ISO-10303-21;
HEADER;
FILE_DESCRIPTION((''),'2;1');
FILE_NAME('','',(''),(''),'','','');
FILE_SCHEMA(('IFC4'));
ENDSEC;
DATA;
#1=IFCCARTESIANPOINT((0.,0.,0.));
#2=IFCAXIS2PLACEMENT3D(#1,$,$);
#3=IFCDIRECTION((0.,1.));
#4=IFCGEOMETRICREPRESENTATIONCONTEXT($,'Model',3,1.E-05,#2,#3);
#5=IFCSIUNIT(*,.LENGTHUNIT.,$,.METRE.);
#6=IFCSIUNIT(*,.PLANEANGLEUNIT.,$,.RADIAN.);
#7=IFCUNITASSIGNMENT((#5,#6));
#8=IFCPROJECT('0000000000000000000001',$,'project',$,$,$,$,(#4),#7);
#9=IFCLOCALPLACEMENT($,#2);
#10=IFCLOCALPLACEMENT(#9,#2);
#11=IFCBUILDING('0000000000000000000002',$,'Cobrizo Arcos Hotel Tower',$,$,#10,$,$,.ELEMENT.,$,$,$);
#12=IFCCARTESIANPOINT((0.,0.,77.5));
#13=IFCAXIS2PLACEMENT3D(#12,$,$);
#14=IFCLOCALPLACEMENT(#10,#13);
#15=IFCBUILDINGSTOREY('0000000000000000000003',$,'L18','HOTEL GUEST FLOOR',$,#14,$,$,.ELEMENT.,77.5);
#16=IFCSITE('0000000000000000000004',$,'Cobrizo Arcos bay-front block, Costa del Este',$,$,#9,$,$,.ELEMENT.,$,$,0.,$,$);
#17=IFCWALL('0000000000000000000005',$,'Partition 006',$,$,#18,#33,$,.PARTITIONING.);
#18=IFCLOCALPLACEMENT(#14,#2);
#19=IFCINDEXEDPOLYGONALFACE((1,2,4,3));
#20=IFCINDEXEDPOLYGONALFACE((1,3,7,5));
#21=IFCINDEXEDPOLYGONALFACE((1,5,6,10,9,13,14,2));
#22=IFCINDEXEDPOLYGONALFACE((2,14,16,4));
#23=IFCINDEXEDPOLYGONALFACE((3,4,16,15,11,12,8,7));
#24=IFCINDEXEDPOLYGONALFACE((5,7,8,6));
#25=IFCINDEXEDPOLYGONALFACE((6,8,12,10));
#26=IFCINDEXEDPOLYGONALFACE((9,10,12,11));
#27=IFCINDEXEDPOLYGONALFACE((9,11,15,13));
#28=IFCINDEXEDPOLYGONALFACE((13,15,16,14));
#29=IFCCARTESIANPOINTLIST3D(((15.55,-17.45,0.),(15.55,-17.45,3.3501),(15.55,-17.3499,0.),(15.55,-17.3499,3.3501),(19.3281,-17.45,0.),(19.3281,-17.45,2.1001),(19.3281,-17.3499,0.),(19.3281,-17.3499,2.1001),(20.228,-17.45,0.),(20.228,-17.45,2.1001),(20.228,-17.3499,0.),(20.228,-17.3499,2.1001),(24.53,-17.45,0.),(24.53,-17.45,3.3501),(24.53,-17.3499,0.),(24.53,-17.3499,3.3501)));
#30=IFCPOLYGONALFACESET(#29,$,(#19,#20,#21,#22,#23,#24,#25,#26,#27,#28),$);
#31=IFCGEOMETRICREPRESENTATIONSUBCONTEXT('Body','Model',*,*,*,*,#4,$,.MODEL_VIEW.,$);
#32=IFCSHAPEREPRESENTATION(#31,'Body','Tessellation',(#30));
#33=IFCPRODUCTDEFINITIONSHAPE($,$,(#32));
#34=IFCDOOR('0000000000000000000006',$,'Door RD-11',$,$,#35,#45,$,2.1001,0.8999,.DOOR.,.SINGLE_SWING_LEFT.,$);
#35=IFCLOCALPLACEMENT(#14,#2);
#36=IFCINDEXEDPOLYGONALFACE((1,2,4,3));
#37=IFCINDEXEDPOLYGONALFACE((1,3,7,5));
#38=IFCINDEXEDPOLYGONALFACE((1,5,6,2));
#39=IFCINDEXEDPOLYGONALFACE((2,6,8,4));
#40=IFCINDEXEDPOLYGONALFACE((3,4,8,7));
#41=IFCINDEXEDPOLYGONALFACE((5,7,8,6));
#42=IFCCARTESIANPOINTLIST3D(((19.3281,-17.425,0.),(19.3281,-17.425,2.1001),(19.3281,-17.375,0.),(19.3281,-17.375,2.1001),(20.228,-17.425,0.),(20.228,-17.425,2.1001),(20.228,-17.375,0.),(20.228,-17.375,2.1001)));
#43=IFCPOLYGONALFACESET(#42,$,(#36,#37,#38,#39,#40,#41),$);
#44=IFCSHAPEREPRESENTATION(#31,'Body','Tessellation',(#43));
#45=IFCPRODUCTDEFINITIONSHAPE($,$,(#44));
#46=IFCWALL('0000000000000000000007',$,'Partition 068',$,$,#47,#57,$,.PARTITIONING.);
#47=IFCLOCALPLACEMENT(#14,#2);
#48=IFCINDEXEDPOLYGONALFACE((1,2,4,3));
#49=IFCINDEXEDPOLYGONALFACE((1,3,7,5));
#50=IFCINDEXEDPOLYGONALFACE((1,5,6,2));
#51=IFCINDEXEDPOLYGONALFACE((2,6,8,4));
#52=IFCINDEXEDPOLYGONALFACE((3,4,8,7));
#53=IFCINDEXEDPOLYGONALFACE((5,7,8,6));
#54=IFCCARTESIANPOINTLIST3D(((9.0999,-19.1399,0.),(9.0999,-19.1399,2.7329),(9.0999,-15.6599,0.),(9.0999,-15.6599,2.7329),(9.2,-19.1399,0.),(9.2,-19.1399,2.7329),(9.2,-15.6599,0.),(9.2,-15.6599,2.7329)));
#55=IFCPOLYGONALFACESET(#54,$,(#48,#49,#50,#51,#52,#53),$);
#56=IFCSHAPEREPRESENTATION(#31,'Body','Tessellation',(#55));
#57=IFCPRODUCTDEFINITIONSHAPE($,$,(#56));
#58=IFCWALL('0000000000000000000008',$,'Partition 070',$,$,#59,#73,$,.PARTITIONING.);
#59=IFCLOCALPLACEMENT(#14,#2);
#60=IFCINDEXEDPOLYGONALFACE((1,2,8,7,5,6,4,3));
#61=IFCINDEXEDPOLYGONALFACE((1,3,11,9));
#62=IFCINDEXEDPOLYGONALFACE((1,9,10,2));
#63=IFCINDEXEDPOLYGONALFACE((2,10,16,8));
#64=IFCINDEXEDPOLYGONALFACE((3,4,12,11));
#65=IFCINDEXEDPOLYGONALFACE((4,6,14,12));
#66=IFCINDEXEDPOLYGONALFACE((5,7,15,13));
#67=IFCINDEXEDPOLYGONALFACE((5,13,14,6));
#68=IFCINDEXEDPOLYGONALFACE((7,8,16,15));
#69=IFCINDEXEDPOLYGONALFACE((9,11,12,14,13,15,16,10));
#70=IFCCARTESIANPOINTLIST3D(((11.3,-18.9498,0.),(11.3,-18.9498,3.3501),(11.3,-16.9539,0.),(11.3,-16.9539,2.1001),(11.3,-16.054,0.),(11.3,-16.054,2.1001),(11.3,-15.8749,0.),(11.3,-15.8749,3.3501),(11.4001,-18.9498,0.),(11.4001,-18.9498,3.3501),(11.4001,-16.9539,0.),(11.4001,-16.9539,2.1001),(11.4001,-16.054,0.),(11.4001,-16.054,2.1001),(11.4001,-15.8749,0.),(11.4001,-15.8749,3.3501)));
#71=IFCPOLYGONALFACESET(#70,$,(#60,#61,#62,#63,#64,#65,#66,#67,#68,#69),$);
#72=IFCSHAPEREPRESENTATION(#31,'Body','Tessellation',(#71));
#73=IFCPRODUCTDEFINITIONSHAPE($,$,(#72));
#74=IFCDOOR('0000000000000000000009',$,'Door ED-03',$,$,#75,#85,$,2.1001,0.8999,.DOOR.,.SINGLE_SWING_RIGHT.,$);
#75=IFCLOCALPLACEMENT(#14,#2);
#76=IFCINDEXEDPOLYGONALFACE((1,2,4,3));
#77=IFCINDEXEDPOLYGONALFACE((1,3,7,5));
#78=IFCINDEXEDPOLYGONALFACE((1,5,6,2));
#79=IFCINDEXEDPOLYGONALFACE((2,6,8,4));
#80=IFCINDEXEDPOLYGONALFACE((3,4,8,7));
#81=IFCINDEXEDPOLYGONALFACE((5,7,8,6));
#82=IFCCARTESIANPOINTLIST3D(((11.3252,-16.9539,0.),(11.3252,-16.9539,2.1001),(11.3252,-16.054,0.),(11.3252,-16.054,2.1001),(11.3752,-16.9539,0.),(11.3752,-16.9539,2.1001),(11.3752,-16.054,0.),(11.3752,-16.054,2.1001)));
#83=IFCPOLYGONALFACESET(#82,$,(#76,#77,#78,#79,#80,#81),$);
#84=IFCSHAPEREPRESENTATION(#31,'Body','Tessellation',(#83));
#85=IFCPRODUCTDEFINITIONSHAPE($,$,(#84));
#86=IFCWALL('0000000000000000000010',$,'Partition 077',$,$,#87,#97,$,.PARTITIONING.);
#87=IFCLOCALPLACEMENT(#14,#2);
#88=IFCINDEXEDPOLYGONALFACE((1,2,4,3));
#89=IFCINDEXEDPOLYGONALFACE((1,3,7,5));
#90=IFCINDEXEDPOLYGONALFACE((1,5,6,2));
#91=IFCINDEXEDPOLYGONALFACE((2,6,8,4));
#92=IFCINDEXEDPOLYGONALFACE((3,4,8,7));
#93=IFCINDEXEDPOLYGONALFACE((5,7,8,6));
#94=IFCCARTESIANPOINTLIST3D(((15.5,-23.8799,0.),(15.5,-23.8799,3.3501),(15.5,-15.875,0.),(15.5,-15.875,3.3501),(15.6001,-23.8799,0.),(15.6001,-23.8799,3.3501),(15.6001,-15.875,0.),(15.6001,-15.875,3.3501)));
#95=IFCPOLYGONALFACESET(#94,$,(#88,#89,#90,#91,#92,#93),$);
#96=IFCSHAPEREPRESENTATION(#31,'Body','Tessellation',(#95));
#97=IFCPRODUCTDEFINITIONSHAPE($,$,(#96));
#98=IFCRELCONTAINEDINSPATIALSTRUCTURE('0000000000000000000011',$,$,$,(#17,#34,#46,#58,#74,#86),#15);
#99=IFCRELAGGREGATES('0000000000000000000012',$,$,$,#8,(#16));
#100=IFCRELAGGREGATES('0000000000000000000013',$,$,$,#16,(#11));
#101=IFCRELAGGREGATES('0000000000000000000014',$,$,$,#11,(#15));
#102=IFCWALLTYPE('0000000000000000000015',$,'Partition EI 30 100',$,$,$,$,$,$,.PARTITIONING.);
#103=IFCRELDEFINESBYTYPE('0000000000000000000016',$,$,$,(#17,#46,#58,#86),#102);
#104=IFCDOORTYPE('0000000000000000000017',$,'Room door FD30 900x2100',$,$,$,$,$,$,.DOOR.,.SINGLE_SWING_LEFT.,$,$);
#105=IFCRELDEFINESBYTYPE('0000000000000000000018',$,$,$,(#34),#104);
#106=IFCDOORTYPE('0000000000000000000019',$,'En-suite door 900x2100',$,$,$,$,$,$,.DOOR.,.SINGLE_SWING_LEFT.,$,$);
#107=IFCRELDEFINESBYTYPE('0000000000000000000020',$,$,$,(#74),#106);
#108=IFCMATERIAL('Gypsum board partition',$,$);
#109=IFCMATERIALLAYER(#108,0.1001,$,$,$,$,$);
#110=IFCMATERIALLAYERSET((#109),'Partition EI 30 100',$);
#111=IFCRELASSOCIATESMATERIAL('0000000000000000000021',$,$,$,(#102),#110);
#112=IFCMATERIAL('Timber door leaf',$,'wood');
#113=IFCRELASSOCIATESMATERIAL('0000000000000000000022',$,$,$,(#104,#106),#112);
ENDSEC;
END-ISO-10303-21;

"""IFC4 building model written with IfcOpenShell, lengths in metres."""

from ifc_helpers import new_model, si_unit, direction, frame, frame_2d, origin, place, context, subcontext, project, spatial, rectangle, extrude, material, layer, layer_set, type_object, element, fill, save


model = new_model("IFC4")

# Units and contexts
model_context = context("Model", 3, precision=1e-05, world=origin(), true_north=direction((0.0, 1.0)))
body_context = subcontext(model_context, "Body", "Model", "MODEL_VIEW")
ifc_project = project(units=[si_unit("LENGTHUNIT", "METRE"), si_unit("PLANEANGLEUNIT", "RADIAN")], contexts=[model_context])

# Site, building, storey
site_placement = place(None, origin())
site = spatial("IfcSite", under=ifc_project, at=site_placement, Name="Cobrizo Arcos bay-front block, Costa del Este", CompositionType="ELEMENT", RefElevation=0.0)
building_placement = place(site_placement, origin())
building = spatial("IfcBuilding", under=site, at=building_placement, Name="Cobrizo Arcos Hotel Tower", CompositionType="ELEMENT")
storey_placement = place(building_placement, frame((0.0, 0.0, 77.5)))
storey = spatial("IfcBuildingStorey", under=building, at=storey_placement, Name="L18", Description="HOTEL GUEST FLOOR", CompositionType="ELEMENT", Elevation=77.5)

# Shared definitions
ifc_material_1 = material(Name="Gypsum board partition")
ifc_layer_1 = layer(ifc_material_1, 0.1001)
ifc_layer_set_1 = layer_set([ifc_layer_1], Name="Partition EI 30 100")
wall_type = type_object("IfcWallType", Name="Partition EI 30 100", PredefinedType="PARTITIONING", material=ifc_layer_set_1)

# Wall, opening, door
wall_1_placement = place(storey_placement, frame((15.55, -17.3999, 0.0), z_axis=(0.0, 0.0, 1.0), x_axis=(1.0, 0.0, 0.0)))
wall_1 = element("IfcWall", 1, at=wall_1_placement, inside=storey, type_object=wall_type, Name="Partition 006", PredefinedType="PARTITIONING", context=body_context, shape_type="SweptSolid", body=[
    extrude(rectangle(XDim=8.98, YDim=0.1001, at=frame_2d((4.49, 0.0))), origin(), (0.0, 0.0, 1.0), 3.3501),
])
opening_1_placement = place(wall_1_placement, frame((3.7781, 0.0, 0.0)))
opening_1 = element("IfcOpeningElement", 2, at=opening_1_placement, cuts=wall_1, PredefinedType="OPENING", context=body_context, shape_type="SweptSolid", body=[
    extrude(rectangle(XDim=0.8999, YDim=2.1001, at=frame_2d((0.45, 1.05))), frame((0.0, 0.062, 0.0), z_axis=(0.0, -1.0, 0.0), x_axis=(1.0, 0.0, 0.0)), (0.0, 0.0, 1.0), 0.124),
])
ifc_material_2 = material(Name="Timber door leaf", Category="wood")
door_type_1 = type_object("IfcDoorType", Name="Room door FD30 900x2100", OperationType="SINGLE_SWING_LEFT", PredefinedType="DOOR", material=ifc_material_2)
door_1_placement = place(opening_1_placement, origin())
door_1 = element("IfcDoor", 3, at=door_1_placement, inside=storey, type_object=door_type_1, Name="Door RD-11", OperationType="SINGLE_SWING_LEFT", OverallHeight=2.1001, OverallWidth=0.8999, PredefinedType="DOOR", context=body_context, shape_type="SweptSolid", body=[
    extrude(rectangle(XDim=0.8999, YDim=2.1001, at=frame_2d((0.45, 1.05))), frame((0.0, 0.0249, 0.0), z_axis=(0.0, -1.0, 0.0), x_axis=(1.0, 0.0, 0.0)), (0.0, 0.0, 1.0), 0.05),
])
fill(opening_1, door_1)

# Wall
wall_2_placement = place(storey_placement, frame((9.1499, -19.1399, 0.0), z_axis=(0.0, 0.0, 1.0), x_axis=(0.0, 1.0, 0.0)))
element("IfcWall", 4, at=wall_2_placement, inside=storey, type_object=wall_type, Name="Partition 068", PredefinedType="PARTITIONING", context=body_context, shape_type="SweptSolid", body=[
    extrude(rectangle(XDim=3.48, YDim=0.1001, at=frame_2d((1.74, 0.0))), origin(), (0.0, 0.0, 1.0), 2.7329),
])

# Wall, opening, door
wall_3_placement = place(storey_placement, frame((11.3501, -18.95, 0.0), z_axis=(0.0, 0.0, 1.0), x_axis=(0.0, 1.0, 0.0)))
wall_3 = element("IfcWall", 5, at=wall_3_placement, inside=storey, type_object=wall_type, Name="Partition 070", PredefinedType="PARTITIONING", context=body_context, shape_type="SweptSolid", body=[
    extrude(rectangle(XDim=3.075, YDim=0.1001, at=frame_2d((1.5376, 0.0))), origin(), (0.0, 0.0, 1.0), 3.3501),
])
opening_2_placement = place(wall_3_placement, frame((1.9961, 0.0, 0.0)))
opening_2 = element("IfcOpeningElement", 6, at=opening_2_placement, cuts=wall_3, PredefinedType="OPENING", context=body_context, shape_type="SweptSolid", body=[
    extrude(rectangle(XDim=0.8999, YDim=2.1001, at=frame_2d((0.45, 1.05))), frame((0.0, 0.062, 0.0), z_axis=(0.0, -1.0, 0.0), x_axis=(1.0, 0.0, 0.0)), (0.0, 0.0, 1.0), 0.124),
])
door_type_2 = type_object("IfcDoorType", Name="En-suite door 900x2100", OperationType="SINGLE_SWING_LEFT", PredefinedType="DOOR", material=ifc_material_2)
door_2_placement = place(opening_2_placement, origin())
door_2 = element("IfcDoor", 7, at=door_2_placement, inside=storey, type_object=door_type_2, Name="Door ED-03", OperationType="SINGLE_SWING_RIGHT", OverallHeight=2.1001, OverallWidth=0.8999, PredefinedType="DOOR", context=body_context, shape_type="SweptSolid", body=[
    extrude(rectangle(XDim=0.8999, YDim=2.1001, at=frame_2d((0.45, 1.05))), frame((0.0, 0.0249, 0.0), z_axis=(0.0, -1.0, 0.0), x_axis=(1.0, 0.0, 0.0)), (0.0, 0.0, 1.0), 0.05),
])
fill(opening_2, door_2)

# Wall
wall_4_placement = place(storey_placement, frame((15.55, -23.8799, 0.0), z_axis=(0.0, 0.0, 1.0), x_axis=(0.0, 1.0, 0.0)))
element("IfcWall", 8, at=wall_4_placement, inside=storey, type_object=wall_type, Name="Partition 077", PredefinedType="PARTITIONING", context=body_context, shape_type="SweptSolid", body=[
    extrude(rectangle(XDim=8.0049, YDim=0.1001, at=frame_2d((4.0024, 0.0))), origin(), (0.0, 0.0, 1.0), 3.3501),
])

save(model, "model.ifc")
